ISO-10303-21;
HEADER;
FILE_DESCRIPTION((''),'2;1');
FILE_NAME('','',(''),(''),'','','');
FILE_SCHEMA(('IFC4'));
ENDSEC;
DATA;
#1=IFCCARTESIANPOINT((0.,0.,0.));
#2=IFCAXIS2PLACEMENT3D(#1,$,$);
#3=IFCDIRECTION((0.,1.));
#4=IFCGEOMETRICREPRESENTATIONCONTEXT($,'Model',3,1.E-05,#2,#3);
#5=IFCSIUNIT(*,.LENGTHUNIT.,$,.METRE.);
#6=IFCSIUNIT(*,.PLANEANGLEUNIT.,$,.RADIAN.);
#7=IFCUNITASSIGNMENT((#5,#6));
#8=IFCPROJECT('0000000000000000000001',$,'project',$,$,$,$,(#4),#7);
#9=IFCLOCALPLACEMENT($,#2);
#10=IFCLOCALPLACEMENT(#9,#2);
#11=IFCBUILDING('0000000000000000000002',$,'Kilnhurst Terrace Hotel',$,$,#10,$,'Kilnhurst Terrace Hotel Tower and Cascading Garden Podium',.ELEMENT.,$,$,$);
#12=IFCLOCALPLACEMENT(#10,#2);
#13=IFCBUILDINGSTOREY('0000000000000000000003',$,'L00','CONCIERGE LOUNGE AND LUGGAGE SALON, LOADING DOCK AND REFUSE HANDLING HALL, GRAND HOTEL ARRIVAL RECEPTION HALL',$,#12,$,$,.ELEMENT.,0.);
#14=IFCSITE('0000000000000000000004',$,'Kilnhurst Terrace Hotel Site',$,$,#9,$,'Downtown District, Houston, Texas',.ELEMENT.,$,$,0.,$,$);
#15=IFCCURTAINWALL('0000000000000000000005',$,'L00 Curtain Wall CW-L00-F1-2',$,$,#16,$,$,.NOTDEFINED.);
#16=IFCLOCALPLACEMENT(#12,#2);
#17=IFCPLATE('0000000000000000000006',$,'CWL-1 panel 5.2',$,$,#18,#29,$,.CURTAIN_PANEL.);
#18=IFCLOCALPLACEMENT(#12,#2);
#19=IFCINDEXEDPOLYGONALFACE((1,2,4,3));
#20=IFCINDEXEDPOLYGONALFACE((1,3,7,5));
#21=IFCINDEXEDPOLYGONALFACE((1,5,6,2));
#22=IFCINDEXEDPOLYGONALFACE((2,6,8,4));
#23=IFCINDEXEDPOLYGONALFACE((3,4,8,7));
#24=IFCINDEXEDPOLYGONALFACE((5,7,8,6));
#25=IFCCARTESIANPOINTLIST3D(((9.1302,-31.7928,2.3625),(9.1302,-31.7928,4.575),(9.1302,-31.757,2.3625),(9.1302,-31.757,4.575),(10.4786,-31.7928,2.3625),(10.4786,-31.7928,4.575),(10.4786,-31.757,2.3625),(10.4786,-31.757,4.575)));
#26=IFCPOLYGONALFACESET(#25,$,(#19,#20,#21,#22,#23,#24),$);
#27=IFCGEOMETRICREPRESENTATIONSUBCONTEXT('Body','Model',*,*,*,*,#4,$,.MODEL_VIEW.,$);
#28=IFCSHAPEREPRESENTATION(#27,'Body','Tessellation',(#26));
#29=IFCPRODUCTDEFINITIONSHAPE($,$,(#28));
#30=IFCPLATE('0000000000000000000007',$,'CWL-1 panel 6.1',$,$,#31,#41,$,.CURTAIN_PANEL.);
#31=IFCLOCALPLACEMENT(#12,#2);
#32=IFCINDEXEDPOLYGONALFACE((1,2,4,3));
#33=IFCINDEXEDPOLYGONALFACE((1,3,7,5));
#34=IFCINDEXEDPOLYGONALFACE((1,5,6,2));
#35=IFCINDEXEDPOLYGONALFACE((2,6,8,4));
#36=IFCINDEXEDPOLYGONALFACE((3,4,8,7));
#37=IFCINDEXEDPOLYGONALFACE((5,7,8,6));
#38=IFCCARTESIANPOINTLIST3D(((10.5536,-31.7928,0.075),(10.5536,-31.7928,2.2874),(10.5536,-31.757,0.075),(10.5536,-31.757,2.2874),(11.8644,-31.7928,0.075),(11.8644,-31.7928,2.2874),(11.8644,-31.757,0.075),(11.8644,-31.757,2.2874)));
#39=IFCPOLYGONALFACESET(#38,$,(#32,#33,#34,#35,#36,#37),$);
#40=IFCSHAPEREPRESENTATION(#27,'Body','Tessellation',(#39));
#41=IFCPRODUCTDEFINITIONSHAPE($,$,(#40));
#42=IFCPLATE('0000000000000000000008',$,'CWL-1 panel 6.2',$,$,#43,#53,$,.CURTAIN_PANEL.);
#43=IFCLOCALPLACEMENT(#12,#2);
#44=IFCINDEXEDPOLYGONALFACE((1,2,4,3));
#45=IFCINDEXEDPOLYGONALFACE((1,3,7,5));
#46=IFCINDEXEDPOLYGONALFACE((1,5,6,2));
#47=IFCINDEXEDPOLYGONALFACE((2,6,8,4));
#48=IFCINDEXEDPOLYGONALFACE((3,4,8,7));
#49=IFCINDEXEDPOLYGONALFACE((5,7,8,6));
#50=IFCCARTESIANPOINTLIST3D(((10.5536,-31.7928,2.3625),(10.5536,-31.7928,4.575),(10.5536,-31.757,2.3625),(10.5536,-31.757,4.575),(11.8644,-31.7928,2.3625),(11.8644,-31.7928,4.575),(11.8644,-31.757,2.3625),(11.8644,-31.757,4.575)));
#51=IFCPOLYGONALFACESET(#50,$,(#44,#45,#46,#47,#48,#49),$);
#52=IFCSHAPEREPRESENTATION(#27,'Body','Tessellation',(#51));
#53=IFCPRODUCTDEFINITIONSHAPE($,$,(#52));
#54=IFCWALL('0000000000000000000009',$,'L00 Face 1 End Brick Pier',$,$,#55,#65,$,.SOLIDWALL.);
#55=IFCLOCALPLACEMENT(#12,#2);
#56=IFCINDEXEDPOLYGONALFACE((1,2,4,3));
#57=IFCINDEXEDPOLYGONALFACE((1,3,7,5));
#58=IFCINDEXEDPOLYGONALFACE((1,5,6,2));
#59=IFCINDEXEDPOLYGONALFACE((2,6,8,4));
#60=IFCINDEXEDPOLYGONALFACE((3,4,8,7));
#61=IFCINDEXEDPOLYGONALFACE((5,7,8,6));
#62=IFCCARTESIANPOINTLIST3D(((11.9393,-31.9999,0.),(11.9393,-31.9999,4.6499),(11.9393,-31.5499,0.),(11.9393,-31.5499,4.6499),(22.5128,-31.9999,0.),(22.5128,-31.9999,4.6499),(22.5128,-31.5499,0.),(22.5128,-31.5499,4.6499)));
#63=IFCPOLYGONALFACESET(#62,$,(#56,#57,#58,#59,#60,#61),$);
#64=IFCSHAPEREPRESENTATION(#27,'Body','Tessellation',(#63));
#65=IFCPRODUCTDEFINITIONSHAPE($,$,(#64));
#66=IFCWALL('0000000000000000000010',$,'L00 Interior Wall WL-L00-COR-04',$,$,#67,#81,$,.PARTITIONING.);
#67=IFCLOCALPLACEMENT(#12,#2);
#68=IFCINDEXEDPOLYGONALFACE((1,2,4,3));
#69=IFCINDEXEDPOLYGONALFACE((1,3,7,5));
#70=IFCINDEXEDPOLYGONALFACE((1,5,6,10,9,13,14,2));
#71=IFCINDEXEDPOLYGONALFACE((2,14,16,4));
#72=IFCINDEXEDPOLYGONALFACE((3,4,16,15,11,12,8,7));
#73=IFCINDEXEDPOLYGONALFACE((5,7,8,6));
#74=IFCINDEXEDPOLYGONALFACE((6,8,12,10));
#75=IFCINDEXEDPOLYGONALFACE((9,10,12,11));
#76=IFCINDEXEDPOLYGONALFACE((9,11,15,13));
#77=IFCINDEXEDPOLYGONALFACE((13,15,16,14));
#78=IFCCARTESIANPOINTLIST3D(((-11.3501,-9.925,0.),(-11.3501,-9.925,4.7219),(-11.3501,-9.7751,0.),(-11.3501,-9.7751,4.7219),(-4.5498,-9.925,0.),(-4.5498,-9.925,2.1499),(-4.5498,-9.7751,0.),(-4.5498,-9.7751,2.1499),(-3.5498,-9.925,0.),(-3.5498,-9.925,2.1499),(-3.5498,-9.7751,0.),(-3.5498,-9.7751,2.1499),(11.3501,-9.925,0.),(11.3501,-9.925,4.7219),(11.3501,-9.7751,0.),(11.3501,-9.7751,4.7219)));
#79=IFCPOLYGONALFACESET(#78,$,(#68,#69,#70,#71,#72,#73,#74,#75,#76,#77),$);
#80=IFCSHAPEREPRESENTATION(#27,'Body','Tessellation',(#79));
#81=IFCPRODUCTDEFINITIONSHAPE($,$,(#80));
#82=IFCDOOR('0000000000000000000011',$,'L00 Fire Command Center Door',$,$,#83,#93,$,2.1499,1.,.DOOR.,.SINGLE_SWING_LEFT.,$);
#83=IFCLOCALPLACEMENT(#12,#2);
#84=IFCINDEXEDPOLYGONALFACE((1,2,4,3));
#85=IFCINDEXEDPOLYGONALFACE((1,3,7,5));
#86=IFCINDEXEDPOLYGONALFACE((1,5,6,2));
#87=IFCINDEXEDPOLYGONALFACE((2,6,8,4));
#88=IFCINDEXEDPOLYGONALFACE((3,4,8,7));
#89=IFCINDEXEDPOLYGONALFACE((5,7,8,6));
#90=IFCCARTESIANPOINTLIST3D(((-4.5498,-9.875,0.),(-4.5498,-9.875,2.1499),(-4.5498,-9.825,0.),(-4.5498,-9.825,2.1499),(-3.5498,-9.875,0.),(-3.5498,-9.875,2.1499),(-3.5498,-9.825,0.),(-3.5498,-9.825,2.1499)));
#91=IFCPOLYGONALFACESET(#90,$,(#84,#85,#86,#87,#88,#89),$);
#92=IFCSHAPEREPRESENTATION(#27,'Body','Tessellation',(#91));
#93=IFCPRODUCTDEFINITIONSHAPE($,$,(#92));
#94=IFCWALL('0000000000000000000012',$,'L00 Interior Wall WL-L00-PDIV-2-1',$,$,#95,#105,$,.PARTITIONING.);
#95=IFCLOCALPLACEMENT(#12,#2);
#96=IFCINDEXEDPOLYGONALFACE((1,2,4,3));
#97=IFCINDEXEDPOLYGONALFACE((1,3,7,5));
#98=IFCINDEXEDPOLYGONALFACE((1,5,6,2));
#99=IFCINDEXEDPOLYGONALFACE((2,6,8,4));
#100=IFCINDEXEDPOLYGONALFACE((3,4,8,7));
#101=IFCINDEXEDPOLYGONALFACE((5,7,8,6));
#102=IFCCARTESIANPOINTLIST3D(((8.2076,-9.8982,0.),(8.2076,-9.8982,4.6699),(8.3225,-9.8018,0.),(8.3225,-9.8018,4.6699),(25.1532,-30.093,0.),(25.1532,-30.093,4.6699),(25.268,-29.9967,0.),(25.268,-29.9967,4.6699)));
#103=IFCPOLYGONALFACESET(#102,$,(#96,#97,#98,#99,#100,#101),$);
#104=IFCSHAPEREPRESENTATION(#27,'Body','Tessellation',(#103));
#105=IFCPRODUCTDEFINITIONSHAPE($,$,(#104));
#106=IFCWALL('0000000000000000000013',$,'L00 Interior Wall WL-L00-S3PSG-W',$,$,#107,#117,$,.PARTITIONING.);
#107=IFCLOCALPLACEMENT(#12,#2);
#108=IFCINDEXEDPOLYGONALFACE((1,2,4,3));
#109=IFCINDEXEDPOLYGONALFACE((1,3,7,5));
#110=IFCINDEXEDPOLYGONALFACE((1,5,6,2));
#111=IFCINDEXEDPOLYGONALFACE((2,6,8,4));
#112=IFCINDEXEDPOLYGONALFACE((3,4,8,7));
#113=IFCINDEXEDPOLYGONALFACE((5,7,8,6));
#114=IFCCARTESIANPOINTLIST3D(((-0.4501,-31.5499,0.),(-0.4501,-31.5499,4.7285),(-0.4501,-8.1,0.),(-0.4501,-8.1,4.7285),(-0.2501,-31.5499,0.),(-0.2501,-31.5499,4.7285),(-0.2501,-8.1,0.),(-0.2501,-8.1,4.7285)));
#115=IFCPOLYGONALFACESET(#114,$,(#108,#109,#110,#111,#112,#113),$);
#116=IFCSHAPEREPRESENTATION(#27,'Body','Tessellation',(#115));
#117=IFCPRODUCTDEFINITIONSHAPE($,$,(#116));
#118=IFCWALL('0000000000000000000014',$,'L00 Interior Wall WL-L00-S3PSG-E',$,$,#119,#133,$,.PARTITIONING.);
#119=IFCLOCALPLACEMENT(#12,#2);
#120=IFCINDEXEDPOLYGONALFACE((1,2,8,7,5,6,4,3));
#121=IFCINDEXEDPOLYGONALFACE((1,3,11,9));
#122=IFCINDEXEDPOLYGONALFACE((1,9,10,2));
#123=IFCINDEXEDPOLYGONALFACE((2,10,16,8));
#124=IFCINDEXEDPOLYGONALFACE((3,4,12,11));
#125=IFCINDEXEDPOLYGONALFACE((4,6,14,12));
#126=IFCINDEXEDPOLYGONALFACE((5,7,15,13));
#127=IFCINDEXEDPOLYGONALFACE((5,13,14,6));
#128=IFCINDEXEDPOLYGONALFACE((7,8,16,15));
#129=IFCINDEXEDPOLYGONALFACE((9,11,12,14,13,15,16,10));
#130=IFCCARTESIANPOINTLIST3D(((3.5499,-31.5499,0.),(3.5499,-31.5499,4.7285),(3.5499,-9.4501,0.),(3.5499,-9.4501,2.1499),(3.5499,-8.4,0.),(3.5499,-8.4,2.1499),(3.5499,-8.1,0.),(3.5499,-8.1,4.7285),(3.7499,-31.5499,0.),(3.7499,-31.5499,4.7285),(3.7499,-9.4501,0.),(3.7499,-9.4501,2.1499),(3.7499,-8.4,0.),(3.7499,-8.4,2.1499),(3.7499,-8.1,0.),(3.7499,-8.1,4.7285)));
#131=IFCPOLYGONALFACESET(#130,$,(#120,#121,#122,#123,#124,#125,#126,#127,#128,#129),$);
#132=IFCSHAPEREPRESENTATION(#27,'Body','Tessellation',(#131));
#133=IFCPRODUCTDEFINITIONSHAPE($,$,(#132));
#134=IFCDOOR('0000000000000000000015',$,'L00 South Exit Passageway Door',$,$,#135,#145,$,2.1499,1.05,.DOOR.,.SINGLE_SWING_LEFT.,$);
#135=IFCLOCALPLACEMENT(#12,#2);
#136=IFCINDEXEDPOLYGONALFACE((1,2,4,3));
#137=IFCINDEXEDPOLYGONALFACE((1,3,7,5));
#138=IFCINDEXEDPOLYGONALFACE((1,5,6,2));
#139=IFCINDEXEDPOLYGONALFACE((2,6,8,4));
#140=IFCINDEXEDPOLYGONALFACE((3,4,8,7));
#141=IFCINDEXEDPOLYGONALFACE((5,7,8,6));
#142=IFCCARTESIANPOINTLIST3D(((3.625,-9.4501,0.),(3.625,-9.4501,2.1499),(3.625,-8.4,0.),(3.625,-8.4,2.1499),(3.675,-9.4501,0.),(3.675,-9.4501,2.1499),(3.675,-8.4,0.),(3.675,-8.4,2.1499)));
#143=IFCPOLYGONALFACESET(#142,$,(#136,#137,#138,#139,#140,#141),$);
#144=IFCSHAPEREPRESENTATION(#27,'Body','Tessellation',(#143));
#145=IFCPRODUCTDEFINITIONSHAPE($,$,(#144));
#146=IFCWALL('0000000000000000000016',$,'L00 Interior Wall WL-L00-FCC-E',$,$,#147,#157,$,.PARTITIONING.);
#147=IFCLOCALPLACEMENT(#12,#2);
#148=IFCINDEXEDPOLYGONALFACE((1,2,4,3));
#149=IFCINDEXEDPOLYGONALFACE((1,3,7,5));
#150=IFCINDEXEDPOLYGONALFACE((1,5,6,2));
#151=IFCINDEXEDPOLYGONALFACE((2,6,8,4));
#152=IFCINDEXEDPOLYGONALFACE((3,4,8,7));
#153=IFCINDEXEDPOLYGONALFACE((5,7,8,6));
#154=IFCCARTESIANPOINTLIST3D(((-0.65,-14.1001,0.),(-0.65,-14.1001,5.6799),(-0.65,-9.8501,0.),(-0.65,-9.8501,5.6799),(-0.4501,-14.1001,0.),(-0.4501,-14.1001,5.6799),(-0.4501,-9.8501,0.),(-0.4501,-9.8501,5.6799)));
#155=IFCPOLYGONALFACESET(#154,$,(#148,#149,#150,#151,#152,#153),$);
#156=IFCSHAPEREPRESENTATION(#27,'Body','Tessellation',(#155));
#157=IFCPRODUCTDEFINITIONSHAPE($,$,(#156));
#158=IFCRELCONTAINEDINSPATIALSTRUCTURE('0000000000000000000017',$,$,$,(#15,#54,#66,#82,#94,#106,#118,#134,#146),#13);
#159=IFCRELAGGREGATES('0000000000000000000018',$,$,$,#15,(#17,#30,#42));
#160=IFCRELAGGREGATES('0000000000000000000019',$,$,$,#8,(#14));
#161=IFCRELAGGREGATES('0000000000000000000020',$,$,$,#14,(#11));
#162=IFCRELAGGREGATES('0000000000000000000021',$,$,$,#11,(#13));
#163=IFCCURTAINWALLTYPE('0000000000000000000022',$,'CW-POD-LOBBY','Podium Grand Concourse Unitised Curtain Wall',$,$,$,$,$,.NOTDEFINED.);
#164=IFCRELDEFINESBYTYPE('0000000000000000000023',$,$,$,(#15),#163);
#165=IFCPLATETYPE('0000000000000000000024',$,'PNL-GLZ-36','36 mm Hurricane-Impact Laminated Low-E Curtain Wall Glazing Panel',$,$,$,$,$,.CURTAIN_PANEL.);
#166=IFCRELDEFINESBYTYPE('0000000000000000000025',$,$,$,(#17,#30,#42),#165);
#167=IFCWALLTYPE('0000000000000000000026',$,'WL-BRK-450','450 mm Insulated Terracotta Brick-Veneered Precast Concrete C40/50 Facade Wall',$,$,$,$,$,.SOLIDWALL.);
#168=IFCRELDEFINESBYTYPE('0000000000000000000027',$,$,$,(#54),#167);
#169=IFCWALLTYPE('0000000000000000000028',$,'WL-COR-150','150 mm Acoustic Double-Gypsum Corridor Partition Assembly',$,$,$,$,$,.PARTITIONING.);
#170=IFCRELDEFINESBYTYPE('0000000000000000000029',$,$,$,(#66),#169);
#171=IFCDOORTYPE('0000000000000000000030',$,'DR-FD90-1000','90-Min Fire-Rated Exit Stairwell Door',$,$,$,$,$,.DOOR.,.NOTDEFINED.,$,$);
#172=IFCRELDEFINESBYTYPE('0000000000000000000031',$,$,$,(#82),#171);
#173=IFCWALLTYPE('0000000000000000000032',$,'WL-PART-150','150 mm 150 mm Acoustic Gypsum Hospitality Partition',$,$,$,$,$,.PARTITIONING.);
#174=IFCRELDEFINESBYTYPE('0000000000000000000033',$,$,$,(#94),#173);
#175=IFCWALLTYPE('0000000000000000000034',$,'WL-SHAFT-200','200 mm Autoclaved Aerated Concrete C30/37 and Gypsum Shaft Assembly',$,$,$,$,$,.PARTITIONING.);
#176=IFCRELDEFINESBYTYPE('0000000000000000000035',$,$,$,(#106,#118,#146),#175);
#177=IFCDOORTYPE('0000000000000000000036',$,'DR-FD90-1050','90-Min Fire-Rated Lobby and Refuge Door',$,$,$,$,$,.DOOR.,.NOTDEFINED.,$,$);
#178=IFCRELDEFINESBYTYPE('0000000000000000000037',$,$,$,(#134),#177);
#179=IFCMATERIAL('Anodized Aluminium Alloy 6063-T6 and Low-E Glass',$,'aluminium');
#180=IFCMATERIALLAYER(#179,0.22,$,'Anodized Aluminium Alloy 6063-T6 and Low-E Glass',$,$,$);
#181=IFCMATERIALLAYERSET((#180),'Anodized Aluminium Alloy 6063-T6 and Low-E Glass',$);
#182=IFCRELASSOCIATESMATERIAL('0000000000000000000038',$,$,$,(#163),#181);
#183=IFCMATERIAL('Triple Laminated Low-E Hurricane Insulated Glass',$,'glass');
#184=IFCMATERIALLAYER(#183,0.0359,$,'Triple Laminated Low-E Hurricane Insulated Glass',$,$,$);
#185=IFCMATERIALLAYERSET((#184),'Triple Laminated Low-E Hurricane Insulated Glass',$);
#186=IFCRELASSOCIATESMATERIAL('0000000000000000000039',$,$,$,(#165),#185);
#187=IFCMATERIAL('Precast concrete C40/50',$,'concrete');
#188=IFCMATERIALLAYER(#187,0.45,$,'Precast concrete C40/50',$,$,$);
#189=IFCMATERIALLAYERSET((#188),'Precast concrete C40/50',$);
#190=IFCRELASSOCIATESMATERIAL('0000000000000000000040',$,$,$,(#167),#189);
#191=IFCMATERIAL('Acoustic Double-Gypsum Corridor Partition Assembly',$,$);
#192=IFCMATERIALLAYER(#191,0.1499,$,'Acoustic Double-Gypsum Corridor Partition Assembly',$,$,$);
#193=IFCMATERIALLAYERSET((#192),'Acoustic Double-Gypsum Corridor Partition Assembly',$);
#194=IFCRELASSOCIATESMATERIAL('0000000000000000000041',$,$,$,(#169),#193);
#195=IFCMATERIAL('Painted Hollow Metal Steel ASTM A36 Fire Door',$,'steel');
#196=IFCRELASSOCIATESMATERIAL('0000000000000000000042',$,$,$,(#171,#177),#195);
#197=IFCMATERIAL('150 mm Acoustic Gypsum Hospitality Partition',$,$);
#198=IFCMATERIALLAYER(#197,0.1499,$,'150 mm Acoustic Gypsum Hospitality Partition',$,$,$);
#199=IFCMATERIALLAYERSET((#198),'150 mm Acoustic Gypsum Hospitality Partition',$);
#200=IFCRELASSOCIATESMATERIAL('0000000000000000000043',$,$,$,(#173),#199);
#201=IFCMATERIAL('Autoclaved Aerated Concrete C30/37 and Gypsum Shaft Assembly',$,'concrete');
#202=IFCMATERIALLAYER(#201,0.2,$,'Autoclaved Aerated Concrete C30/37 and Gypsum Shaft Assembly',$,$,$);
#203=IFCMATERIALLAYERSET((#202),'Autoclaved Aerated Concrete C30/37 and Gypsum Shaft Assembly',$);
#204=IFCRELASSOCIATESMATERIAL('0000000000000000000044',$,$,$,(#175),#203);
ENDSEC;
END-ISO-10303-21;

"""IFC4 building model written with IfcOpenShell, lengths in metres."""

from ifc_helpers import new_model, si_unit, direction, frame, frame_2d, origin, origin_2d, place, context, subcontext, project, spatial, rectangle, extrude, material, layer, layer_set, type_object, element, fill, aggregate, save


model = new_model("IFC4")

# Units and contexts
model_context = context("Model", 3, precision=1e-05, world=origin(), true_north=direction((0.0, 1.0)))
body_context = subcontext(model_context, "Body", "Model", "MODEL_VIEW")
ifc_project = project(units=[si_unit("LENGTHUNIT", "METRE"), si_unit("PLANEANGLEUNIT", "RADIAN")], contexts=[model_context])

# Site, building, storey
site_placement = place(None, origin())
site = spatial("IfcSite", under=ifc_project, at=site_placement, Name="Kilnhurst Terrace Hotel Site", LongName="Downtown District, Houston, Texas", CompositionType="ELEMENT", RefElevation=0.0)
building_placement = place(site_placement, origin())
building = spatial("IfcBuilding", under=site, at=building_placement, Name="Kilnhurst Terrace Hotel", LongName="Kilnhurst Terrace Hotel Tower and Cascading Garden Podium", CompositionType="ELEMENT")
storey_placement = place(building_placement, origin())
storey = spatial("IfcBuildingStorey", under=building, at=storey_placement, Name="L00", Description="CONCIERGE LOUNGE AND LUGGAGE SALON, LOADING DOCK AND REFUSE HANDLING HALL, GRAND HOTEL ARRIVAL RECEPTION HALL", CompositionType="ELEMENT", Elevation=0.0)

# Curtain wall, plates
ifc_material_1 = material(Name="Anodized Aluminium Alloy 6063-T6 and Low-E Glass", Category="aluminium")
ifc_layer_1 = layer(ifc_material_1, 0.22, Name="Anodized Aluminium Alloy 6063-T6 and Low-E Glass")
ifc_layer_set_1 = layer_set([ifc_layer_1], Name="Anodized Aluminium Alloy 6063-T6 and Low-E Glass")
curtain_wall_type = type_object("IfcCurtainWallType", Name="CW-POD-LOBBY", Description="Podium Grand Concourse Unitised Curtain Wall", PredefinedType="NOTDEFINED", material=ifc_layer_set_1)
curtain_wall_placement = place(storey_placement, origin())
curtain_wall = element("IfcCurtainWall", 1, at=curtain_wall_placement, inside=storey, type_object=curtain_wall_type, Name="L00 Curtain Wall CW-L00-F1-2", PredefinedType="NOTDEFINED")
ifc_material_2 = material(Name="Triple Laminated Low-E Hurricane Insulated Glass", Category="glass")
ifc_layer_2 = layer(ifc_material_2, 0.0359, Name="Triple Laminated Low-E Hurricane Insulated Glass")
ifc_layer_set_2 = layer_set([ifc_layer_2], Name="Triple Laminated Low-E Hurricane Insulated Glass")
plate_type = type_object("IfcPlateType", Name="PNL-GLZ-36", Description="36 mm Hurricane-Impact Laminated Low-E Curtain Wall Glazing Panel", PredefinedType="CURTAIN_PANEL", material=ifc_layer_set_2)
plate_1_placement = place(storey_placement, frame((9.8044, -31.7749, 2.3625), z_axis=(0.0, 0.0, 1.0), x_axis=(1.0, 0.0, 0.0)))
plate_1 = element("IfcPlate", 2, at=plate_1_placement, type_object=plate_type, Name="CWL-1 panel 5.2", PredefinedType="CURTAIN_PANEL", context=body_context, shape_type="SweptSolid", body=[
    extrude(rectangle(XDim=1.3484, YDim=0.0359, at=origin_2d()), origin(), (0.0, 0.0, 1.0), 2.2124),
])
plate_2_placement = place(storey_placement, frame((11.209, -31.7749, 0.075), z_axis=(0.0, 0.0, 1.0), x_axis=(1.0, 0.0, 0.0)))
plate_2 = element("IfcPlate", 3, at=plate_2_placement, type_object=plate_type, Name="CWL-1 panel 6.1", PredefinedType="CURTAIN_PANEL", context=body_context, shape_type="SweptSolid", body=[
    extrude(rectangle(XDim=1.3108, YDim=0.0359, at=origin_2d()), origin(), (0.0, 0.0, 1.0), 2.2124),
])
plate_3_placement = place(storey_placement, frame((11.209, -31.7749, 2.3625), z_axis=(0.0, 0.0, 1.0), x_axis=(1.0, 0.0, 0.0)))
plate_3 = element("IfcPlate", 4, at=plate_3_placement, type_object=plate_type, Name="CWL-1 panel 6.2", PredefinedType="CURTAIN_PANEL", context=body_context, shape_type="SweptSolid", body=[
    extrude(rectangle(XDim=1.3108, YDim=0.0359, at=origin_2d()), origin(), (0.0, 0.0, 1.0), 2.2124),
])
aggregate(curtain_wall, [plate_1, plate_2, plate_3])

# Wall
ifc_material_3 = material(Name="Precast concrete C40/50", Category="concrete")
ifc_layer_3 = layer(ifc_material_3, 0.45, Name="Precast concrete C40/50")
ifc_layer_set_3 = layer_set([ifc_layer_3], Name="Precast concrete C40/50")
wall_type_1 = type_object("IfcWallType", Name="WL-BRK-450", Description="450 mm Insulated Terracotta Brick-Veneered Precast Concrete C40/50 Facade Wall", PredefinedType="SOLIDWALL", material=ifc_layer_set_3)
wall_1_placement = place(storey_placement, frame((11.9395, -31.7749, 0.0), z_axis=(0.0, 0.0, 1.0), x_axis=(1.0, 0.0, 0.0)))
element("IfcWall", 5, at=wall_1_placement, inside=storey, type_object=wall_type_1, Name="L00 Face 1 End Brick Pier", PredefinedType="SOLIDWALL", context=body_context, shape_type="SweptSolid", body=[
    extrude(rectangle(XDim=10.5735, YDim=0.45, at=frame_2d((5.2866, 0.0))), origin(), (0.0, 0.0, 1.0), 4.6499),
])

# Wall, opening, door
ifc_material_4 = material(Name="Acoustic Double-Gypsum Corridor Partition Assembly")
ifc_layer_4 = layer(ifc_material_4, 0.1499, Name="Acoustic Double-Gypsum Corridor Partition Assembly")
ifc_layer_set_4 = layer_set([ifc_layer_4], Name="Acoustic Double-Gypsum Corridor Partition Assembly")
wall_type_2 = type_object("IfcWallType", Name="WL-COR-150", Description="150 mm Acoustic Double-Gypsum Corridor Partition Assembly", PredefinedType="PARTITIONING", material=ifc_layer_set_4)
wall_2_placement = place(storey_placement, frame((11.3501, -9.8501, 0.0), z_axis=(0.0, 0.0, 1.0), x_axis=(-1.0, 0.0, 0.0)))
wall_2 = element("IfcWall", 6, at=wall_2_placement, inside=storey, type_object=wall_type_2, Name="L00 Interior Wall WL-L00-COR-04", PredefinedType="PARTITIONING", context=body_context, shape_type="SweptSolid", body=[
    extrude(rectangle(XDim=22.7002, YDim=0.1499, at=frame_2d((11.3501, 0.0))), origin(), (0.0, 0.0, 1.0), 4.7219),
])
opening_1_placement = place(wall_2_placement, frame((14.8999, 0.0, 0.0)))
opening_1 = element("IfcOpeningElement", 7, at=opening_1_placement, cuts=wall_2, PredefinedType="OPENING", context=body_context, shape_type="SweptSolid", body=[
    extrude(rectangle(XDim=1.0, YDim=2.1499, at=frame_2d((0.5, 1.075))), frame((0.0, 0.085, 0.0), z_axis=(0.0, -1.0, 0.0), x_axis=(1.0, 0.0, 0.0)), (0.0, 0.0, 1.0), 0.1699),
])
ifc_material_5 = material(Name="Painted Hollow Metal Steel ASTM A36 Fire Door", Category="steel")
door_type_1 = type_object("IfcDoorType", Name="DR-FD90-1000", Description="90-Min Fire-Rated Exit Stairwell Door", OperationType="NOTDEFINED", PredefinedType="DOOR", material=ifc_material_5)
door_1_placement = place(opening_1_placement, origin())
door_1 = element("IfcDoor", 8, at=door_1_placement, inside=storey, type_object=door_type_1, Name="L00 Fire Command Center Door", OperationType="SINGLE_SWING_LEFT", OverallHeight=2.1499, OverallWidth=1.0, PredefinedType="DOOR", context=body_context, shape_type="SweptSolid", body=[
    extrude(rectangle(XDim=1.0, YDim=2.1499, at=frame_2d((0.5, 1.075))), frame((0.0, 0.0249, 0.0), z_axis=(0.0, -1.0, 0.0), x_axis=(1.0, 0.0, 0.0)), (0.0, 0.0, 1.0), 0.05),
])
fill(opening_1, door_1)

# Walls
ifc_material_6 = material(Name="150 mm Acoustic Gypsum Hospitality Partition")
ifc_layer_5 = layer(ifc_material_6, 0.1499, Name="150 mm Acoustic Gypsum Hospitality Partition")
ifc_layer_set_5 = layer_set([ifc_layer_5], Name="150 mm Acoustic Gypsum Hospitality Partition")
wall_type_3 = type_object("IfcWallType", Name="WL-PART-150", Description="150 mm 150 mm Acoustic Gypsum Hospitality Partition", PredefinedType="PARTITIONING", material=ifc_layer_set_5)
wall_3_placement = place(storey_placement, frame((8.2651, -9.8501, 0.0), z_axis=(0.0, 0.0, 1.0), x_axis=(0.64279, -0.766043, 0.0)))
element("IfcWall", 9, at=wall_3_placement, inside=storey, type_object=wall_type_3, Name="L00 Interior Wall WL-L00-PDIV-2-1", PredefinedType="PARTITIONING", context=body_context, shape_type="SweptSolid", body=[
    extrude(rectangle(XDim=26.3625, YDim=0.1499, at=frame_2d((13.1812, 0.0))), origin(), (0.0, 0.0, 1.0), 4.6699),
])
ifc_material_7 = material(Name="Autoclaved Aerated Concrete C30/37 and Gypsum Shaft Assembly", Category="concrete")
ifc_layer_6 = layer(ifc_material_7, 0.2, Name="Autoclaved Aerated Concrete C30/37 and Gypsum Shaft Assembly")
ifc_layer_set_6 = layer_set([ifc_layer_6], Name="Autoclaved Aerated Concrete C30/37 and Gypsum Shaft Assembly")
wall_type_4 = type_object("IfcWallType", Name="WL-SHAFT-200", Description="200 mm Autoclaved Aerated Concrete C30/37 and Gypsum Shaft Assembly", PredefinedType="PARTITIONING", material=ifc_layer_set_6)
wall_4_placement = place(storey_placement, frame((-0.3501, -31.55, 0.0), z_axis=(0.0, 0.0, 1.0), x_axis=(0.0, 1.0, 0.0)))
element("IfcWall", 10, at=wall_4_placement, inside=storey, type_object=wall_type_4, Name="L00 Interior Wall WL-L00-S3PSG-W", PredefinedType="PARTITIONING", context=body_context, shape_type="SweptSolid", body=[
    extrude(rectangle(XDim=23.45, YDim=0.2, at=frame_2d((11.7251, 0.0))), origin(), (0.0, 0.0, 1.0), 4.7285),
])

# Wall, opening, door
wall_5_placement = place(storey_placement, frame((3.6499, -31.55, 0.0), z_axis=(0.0, 0.0, 1.0), x_axis=(0.0, 1.0, 0.0)))
wall_5 = element("IfcWall", 11, at=wall_5_placement, inside=storey, type_object=wall_type_4, Name="L00 Interior Wall WL-L00-S3PSG-E", PredefinedType="PARTITIONING", context=body_context, shape_type="SweptSolid", body=[
    extrude(rectangle(XDim=23.45, YDim=0.2, at=frame_2d((11.7251, 0.0))), origin(), (0.0, 0.0, 1.0), 4.7285),
])
opening_2_placement = place(wall_5_placement, frame((22.1001, 0.0, 0.0)))
opening_2 = element("IfcOpeningElement", 12, at=opening_2_placement, cuts=wall_5, PredefinedType="OPENING", context=body_context, shape_type="SweptSolid", body=[
    extrude(rectangle(XDim=1.05, YDim=2.1499, at=frame_2d((0.5249, 1.075))), frame((0.0, 0.1099, 0.0), z_axis=(0.0, -1.0, 0.0), x_axis=(1.0, 0.0, 0.0)), (0.0, 0.0, 1.0), 0.22),
])
door_type_2 = type_object("IfcDoorType", Name="DR-FD90-1050", Description="90-Min Fire-Rated Lobby and Refuge Door", OperationType="NOTDEFINED", PredefinedType="DOOR", material=ifc_material_5)
door_2_placement = place(opening_2_placement, origin())
door_2 = element("IfcDoor", 13, at=door_2_placement, inside=storey, type_object=door_type_2, Name="L00 South Exit Passageway Door", OperationType="SINGLE_SWING_LEFT", OverallHeight=2.1499, OverallWidth=1.05, PredefinedType="DOOR", context=body_context, shape_type="SweptSolid", body=[
    extrude(rectangle(XDim=1.05, YDim=2.1499, at=frame_2d((0.5249, 1.075))), frame((0.0, 0.0249, 0.0), z_axis=(0.0, -1.0, 0.0), x_axis=(1.0, 0.0, 0.0)), (0.0, 0.0, 1.0), 0.05),
])
fill(opening_2, door_2)

# Wall
wall_6_placement = place(storey_placement, frame((-0.55, -14.1001, 0.0), z_axis=(0.0, 0.0, 1.0), x_axis=(0.0, 1.0, 0.0)))
element("IfcWall", 14, at=wall_6_placement, inside=storey, type_object=wall_type_4, Name="L00 Interior Wall WL-L00-FCC-E", PredefinedType="PARTITIONING", context=body_context, shape_type="SweptSolid", body=[
    extrude(rectangle(XDim=4.25, YDim=0.2, at=frame_2d((2.125, 0.0))), origin(), (0.0, 0.0, 1.0), 5.6799),
])

save(model, "model.ifc")
